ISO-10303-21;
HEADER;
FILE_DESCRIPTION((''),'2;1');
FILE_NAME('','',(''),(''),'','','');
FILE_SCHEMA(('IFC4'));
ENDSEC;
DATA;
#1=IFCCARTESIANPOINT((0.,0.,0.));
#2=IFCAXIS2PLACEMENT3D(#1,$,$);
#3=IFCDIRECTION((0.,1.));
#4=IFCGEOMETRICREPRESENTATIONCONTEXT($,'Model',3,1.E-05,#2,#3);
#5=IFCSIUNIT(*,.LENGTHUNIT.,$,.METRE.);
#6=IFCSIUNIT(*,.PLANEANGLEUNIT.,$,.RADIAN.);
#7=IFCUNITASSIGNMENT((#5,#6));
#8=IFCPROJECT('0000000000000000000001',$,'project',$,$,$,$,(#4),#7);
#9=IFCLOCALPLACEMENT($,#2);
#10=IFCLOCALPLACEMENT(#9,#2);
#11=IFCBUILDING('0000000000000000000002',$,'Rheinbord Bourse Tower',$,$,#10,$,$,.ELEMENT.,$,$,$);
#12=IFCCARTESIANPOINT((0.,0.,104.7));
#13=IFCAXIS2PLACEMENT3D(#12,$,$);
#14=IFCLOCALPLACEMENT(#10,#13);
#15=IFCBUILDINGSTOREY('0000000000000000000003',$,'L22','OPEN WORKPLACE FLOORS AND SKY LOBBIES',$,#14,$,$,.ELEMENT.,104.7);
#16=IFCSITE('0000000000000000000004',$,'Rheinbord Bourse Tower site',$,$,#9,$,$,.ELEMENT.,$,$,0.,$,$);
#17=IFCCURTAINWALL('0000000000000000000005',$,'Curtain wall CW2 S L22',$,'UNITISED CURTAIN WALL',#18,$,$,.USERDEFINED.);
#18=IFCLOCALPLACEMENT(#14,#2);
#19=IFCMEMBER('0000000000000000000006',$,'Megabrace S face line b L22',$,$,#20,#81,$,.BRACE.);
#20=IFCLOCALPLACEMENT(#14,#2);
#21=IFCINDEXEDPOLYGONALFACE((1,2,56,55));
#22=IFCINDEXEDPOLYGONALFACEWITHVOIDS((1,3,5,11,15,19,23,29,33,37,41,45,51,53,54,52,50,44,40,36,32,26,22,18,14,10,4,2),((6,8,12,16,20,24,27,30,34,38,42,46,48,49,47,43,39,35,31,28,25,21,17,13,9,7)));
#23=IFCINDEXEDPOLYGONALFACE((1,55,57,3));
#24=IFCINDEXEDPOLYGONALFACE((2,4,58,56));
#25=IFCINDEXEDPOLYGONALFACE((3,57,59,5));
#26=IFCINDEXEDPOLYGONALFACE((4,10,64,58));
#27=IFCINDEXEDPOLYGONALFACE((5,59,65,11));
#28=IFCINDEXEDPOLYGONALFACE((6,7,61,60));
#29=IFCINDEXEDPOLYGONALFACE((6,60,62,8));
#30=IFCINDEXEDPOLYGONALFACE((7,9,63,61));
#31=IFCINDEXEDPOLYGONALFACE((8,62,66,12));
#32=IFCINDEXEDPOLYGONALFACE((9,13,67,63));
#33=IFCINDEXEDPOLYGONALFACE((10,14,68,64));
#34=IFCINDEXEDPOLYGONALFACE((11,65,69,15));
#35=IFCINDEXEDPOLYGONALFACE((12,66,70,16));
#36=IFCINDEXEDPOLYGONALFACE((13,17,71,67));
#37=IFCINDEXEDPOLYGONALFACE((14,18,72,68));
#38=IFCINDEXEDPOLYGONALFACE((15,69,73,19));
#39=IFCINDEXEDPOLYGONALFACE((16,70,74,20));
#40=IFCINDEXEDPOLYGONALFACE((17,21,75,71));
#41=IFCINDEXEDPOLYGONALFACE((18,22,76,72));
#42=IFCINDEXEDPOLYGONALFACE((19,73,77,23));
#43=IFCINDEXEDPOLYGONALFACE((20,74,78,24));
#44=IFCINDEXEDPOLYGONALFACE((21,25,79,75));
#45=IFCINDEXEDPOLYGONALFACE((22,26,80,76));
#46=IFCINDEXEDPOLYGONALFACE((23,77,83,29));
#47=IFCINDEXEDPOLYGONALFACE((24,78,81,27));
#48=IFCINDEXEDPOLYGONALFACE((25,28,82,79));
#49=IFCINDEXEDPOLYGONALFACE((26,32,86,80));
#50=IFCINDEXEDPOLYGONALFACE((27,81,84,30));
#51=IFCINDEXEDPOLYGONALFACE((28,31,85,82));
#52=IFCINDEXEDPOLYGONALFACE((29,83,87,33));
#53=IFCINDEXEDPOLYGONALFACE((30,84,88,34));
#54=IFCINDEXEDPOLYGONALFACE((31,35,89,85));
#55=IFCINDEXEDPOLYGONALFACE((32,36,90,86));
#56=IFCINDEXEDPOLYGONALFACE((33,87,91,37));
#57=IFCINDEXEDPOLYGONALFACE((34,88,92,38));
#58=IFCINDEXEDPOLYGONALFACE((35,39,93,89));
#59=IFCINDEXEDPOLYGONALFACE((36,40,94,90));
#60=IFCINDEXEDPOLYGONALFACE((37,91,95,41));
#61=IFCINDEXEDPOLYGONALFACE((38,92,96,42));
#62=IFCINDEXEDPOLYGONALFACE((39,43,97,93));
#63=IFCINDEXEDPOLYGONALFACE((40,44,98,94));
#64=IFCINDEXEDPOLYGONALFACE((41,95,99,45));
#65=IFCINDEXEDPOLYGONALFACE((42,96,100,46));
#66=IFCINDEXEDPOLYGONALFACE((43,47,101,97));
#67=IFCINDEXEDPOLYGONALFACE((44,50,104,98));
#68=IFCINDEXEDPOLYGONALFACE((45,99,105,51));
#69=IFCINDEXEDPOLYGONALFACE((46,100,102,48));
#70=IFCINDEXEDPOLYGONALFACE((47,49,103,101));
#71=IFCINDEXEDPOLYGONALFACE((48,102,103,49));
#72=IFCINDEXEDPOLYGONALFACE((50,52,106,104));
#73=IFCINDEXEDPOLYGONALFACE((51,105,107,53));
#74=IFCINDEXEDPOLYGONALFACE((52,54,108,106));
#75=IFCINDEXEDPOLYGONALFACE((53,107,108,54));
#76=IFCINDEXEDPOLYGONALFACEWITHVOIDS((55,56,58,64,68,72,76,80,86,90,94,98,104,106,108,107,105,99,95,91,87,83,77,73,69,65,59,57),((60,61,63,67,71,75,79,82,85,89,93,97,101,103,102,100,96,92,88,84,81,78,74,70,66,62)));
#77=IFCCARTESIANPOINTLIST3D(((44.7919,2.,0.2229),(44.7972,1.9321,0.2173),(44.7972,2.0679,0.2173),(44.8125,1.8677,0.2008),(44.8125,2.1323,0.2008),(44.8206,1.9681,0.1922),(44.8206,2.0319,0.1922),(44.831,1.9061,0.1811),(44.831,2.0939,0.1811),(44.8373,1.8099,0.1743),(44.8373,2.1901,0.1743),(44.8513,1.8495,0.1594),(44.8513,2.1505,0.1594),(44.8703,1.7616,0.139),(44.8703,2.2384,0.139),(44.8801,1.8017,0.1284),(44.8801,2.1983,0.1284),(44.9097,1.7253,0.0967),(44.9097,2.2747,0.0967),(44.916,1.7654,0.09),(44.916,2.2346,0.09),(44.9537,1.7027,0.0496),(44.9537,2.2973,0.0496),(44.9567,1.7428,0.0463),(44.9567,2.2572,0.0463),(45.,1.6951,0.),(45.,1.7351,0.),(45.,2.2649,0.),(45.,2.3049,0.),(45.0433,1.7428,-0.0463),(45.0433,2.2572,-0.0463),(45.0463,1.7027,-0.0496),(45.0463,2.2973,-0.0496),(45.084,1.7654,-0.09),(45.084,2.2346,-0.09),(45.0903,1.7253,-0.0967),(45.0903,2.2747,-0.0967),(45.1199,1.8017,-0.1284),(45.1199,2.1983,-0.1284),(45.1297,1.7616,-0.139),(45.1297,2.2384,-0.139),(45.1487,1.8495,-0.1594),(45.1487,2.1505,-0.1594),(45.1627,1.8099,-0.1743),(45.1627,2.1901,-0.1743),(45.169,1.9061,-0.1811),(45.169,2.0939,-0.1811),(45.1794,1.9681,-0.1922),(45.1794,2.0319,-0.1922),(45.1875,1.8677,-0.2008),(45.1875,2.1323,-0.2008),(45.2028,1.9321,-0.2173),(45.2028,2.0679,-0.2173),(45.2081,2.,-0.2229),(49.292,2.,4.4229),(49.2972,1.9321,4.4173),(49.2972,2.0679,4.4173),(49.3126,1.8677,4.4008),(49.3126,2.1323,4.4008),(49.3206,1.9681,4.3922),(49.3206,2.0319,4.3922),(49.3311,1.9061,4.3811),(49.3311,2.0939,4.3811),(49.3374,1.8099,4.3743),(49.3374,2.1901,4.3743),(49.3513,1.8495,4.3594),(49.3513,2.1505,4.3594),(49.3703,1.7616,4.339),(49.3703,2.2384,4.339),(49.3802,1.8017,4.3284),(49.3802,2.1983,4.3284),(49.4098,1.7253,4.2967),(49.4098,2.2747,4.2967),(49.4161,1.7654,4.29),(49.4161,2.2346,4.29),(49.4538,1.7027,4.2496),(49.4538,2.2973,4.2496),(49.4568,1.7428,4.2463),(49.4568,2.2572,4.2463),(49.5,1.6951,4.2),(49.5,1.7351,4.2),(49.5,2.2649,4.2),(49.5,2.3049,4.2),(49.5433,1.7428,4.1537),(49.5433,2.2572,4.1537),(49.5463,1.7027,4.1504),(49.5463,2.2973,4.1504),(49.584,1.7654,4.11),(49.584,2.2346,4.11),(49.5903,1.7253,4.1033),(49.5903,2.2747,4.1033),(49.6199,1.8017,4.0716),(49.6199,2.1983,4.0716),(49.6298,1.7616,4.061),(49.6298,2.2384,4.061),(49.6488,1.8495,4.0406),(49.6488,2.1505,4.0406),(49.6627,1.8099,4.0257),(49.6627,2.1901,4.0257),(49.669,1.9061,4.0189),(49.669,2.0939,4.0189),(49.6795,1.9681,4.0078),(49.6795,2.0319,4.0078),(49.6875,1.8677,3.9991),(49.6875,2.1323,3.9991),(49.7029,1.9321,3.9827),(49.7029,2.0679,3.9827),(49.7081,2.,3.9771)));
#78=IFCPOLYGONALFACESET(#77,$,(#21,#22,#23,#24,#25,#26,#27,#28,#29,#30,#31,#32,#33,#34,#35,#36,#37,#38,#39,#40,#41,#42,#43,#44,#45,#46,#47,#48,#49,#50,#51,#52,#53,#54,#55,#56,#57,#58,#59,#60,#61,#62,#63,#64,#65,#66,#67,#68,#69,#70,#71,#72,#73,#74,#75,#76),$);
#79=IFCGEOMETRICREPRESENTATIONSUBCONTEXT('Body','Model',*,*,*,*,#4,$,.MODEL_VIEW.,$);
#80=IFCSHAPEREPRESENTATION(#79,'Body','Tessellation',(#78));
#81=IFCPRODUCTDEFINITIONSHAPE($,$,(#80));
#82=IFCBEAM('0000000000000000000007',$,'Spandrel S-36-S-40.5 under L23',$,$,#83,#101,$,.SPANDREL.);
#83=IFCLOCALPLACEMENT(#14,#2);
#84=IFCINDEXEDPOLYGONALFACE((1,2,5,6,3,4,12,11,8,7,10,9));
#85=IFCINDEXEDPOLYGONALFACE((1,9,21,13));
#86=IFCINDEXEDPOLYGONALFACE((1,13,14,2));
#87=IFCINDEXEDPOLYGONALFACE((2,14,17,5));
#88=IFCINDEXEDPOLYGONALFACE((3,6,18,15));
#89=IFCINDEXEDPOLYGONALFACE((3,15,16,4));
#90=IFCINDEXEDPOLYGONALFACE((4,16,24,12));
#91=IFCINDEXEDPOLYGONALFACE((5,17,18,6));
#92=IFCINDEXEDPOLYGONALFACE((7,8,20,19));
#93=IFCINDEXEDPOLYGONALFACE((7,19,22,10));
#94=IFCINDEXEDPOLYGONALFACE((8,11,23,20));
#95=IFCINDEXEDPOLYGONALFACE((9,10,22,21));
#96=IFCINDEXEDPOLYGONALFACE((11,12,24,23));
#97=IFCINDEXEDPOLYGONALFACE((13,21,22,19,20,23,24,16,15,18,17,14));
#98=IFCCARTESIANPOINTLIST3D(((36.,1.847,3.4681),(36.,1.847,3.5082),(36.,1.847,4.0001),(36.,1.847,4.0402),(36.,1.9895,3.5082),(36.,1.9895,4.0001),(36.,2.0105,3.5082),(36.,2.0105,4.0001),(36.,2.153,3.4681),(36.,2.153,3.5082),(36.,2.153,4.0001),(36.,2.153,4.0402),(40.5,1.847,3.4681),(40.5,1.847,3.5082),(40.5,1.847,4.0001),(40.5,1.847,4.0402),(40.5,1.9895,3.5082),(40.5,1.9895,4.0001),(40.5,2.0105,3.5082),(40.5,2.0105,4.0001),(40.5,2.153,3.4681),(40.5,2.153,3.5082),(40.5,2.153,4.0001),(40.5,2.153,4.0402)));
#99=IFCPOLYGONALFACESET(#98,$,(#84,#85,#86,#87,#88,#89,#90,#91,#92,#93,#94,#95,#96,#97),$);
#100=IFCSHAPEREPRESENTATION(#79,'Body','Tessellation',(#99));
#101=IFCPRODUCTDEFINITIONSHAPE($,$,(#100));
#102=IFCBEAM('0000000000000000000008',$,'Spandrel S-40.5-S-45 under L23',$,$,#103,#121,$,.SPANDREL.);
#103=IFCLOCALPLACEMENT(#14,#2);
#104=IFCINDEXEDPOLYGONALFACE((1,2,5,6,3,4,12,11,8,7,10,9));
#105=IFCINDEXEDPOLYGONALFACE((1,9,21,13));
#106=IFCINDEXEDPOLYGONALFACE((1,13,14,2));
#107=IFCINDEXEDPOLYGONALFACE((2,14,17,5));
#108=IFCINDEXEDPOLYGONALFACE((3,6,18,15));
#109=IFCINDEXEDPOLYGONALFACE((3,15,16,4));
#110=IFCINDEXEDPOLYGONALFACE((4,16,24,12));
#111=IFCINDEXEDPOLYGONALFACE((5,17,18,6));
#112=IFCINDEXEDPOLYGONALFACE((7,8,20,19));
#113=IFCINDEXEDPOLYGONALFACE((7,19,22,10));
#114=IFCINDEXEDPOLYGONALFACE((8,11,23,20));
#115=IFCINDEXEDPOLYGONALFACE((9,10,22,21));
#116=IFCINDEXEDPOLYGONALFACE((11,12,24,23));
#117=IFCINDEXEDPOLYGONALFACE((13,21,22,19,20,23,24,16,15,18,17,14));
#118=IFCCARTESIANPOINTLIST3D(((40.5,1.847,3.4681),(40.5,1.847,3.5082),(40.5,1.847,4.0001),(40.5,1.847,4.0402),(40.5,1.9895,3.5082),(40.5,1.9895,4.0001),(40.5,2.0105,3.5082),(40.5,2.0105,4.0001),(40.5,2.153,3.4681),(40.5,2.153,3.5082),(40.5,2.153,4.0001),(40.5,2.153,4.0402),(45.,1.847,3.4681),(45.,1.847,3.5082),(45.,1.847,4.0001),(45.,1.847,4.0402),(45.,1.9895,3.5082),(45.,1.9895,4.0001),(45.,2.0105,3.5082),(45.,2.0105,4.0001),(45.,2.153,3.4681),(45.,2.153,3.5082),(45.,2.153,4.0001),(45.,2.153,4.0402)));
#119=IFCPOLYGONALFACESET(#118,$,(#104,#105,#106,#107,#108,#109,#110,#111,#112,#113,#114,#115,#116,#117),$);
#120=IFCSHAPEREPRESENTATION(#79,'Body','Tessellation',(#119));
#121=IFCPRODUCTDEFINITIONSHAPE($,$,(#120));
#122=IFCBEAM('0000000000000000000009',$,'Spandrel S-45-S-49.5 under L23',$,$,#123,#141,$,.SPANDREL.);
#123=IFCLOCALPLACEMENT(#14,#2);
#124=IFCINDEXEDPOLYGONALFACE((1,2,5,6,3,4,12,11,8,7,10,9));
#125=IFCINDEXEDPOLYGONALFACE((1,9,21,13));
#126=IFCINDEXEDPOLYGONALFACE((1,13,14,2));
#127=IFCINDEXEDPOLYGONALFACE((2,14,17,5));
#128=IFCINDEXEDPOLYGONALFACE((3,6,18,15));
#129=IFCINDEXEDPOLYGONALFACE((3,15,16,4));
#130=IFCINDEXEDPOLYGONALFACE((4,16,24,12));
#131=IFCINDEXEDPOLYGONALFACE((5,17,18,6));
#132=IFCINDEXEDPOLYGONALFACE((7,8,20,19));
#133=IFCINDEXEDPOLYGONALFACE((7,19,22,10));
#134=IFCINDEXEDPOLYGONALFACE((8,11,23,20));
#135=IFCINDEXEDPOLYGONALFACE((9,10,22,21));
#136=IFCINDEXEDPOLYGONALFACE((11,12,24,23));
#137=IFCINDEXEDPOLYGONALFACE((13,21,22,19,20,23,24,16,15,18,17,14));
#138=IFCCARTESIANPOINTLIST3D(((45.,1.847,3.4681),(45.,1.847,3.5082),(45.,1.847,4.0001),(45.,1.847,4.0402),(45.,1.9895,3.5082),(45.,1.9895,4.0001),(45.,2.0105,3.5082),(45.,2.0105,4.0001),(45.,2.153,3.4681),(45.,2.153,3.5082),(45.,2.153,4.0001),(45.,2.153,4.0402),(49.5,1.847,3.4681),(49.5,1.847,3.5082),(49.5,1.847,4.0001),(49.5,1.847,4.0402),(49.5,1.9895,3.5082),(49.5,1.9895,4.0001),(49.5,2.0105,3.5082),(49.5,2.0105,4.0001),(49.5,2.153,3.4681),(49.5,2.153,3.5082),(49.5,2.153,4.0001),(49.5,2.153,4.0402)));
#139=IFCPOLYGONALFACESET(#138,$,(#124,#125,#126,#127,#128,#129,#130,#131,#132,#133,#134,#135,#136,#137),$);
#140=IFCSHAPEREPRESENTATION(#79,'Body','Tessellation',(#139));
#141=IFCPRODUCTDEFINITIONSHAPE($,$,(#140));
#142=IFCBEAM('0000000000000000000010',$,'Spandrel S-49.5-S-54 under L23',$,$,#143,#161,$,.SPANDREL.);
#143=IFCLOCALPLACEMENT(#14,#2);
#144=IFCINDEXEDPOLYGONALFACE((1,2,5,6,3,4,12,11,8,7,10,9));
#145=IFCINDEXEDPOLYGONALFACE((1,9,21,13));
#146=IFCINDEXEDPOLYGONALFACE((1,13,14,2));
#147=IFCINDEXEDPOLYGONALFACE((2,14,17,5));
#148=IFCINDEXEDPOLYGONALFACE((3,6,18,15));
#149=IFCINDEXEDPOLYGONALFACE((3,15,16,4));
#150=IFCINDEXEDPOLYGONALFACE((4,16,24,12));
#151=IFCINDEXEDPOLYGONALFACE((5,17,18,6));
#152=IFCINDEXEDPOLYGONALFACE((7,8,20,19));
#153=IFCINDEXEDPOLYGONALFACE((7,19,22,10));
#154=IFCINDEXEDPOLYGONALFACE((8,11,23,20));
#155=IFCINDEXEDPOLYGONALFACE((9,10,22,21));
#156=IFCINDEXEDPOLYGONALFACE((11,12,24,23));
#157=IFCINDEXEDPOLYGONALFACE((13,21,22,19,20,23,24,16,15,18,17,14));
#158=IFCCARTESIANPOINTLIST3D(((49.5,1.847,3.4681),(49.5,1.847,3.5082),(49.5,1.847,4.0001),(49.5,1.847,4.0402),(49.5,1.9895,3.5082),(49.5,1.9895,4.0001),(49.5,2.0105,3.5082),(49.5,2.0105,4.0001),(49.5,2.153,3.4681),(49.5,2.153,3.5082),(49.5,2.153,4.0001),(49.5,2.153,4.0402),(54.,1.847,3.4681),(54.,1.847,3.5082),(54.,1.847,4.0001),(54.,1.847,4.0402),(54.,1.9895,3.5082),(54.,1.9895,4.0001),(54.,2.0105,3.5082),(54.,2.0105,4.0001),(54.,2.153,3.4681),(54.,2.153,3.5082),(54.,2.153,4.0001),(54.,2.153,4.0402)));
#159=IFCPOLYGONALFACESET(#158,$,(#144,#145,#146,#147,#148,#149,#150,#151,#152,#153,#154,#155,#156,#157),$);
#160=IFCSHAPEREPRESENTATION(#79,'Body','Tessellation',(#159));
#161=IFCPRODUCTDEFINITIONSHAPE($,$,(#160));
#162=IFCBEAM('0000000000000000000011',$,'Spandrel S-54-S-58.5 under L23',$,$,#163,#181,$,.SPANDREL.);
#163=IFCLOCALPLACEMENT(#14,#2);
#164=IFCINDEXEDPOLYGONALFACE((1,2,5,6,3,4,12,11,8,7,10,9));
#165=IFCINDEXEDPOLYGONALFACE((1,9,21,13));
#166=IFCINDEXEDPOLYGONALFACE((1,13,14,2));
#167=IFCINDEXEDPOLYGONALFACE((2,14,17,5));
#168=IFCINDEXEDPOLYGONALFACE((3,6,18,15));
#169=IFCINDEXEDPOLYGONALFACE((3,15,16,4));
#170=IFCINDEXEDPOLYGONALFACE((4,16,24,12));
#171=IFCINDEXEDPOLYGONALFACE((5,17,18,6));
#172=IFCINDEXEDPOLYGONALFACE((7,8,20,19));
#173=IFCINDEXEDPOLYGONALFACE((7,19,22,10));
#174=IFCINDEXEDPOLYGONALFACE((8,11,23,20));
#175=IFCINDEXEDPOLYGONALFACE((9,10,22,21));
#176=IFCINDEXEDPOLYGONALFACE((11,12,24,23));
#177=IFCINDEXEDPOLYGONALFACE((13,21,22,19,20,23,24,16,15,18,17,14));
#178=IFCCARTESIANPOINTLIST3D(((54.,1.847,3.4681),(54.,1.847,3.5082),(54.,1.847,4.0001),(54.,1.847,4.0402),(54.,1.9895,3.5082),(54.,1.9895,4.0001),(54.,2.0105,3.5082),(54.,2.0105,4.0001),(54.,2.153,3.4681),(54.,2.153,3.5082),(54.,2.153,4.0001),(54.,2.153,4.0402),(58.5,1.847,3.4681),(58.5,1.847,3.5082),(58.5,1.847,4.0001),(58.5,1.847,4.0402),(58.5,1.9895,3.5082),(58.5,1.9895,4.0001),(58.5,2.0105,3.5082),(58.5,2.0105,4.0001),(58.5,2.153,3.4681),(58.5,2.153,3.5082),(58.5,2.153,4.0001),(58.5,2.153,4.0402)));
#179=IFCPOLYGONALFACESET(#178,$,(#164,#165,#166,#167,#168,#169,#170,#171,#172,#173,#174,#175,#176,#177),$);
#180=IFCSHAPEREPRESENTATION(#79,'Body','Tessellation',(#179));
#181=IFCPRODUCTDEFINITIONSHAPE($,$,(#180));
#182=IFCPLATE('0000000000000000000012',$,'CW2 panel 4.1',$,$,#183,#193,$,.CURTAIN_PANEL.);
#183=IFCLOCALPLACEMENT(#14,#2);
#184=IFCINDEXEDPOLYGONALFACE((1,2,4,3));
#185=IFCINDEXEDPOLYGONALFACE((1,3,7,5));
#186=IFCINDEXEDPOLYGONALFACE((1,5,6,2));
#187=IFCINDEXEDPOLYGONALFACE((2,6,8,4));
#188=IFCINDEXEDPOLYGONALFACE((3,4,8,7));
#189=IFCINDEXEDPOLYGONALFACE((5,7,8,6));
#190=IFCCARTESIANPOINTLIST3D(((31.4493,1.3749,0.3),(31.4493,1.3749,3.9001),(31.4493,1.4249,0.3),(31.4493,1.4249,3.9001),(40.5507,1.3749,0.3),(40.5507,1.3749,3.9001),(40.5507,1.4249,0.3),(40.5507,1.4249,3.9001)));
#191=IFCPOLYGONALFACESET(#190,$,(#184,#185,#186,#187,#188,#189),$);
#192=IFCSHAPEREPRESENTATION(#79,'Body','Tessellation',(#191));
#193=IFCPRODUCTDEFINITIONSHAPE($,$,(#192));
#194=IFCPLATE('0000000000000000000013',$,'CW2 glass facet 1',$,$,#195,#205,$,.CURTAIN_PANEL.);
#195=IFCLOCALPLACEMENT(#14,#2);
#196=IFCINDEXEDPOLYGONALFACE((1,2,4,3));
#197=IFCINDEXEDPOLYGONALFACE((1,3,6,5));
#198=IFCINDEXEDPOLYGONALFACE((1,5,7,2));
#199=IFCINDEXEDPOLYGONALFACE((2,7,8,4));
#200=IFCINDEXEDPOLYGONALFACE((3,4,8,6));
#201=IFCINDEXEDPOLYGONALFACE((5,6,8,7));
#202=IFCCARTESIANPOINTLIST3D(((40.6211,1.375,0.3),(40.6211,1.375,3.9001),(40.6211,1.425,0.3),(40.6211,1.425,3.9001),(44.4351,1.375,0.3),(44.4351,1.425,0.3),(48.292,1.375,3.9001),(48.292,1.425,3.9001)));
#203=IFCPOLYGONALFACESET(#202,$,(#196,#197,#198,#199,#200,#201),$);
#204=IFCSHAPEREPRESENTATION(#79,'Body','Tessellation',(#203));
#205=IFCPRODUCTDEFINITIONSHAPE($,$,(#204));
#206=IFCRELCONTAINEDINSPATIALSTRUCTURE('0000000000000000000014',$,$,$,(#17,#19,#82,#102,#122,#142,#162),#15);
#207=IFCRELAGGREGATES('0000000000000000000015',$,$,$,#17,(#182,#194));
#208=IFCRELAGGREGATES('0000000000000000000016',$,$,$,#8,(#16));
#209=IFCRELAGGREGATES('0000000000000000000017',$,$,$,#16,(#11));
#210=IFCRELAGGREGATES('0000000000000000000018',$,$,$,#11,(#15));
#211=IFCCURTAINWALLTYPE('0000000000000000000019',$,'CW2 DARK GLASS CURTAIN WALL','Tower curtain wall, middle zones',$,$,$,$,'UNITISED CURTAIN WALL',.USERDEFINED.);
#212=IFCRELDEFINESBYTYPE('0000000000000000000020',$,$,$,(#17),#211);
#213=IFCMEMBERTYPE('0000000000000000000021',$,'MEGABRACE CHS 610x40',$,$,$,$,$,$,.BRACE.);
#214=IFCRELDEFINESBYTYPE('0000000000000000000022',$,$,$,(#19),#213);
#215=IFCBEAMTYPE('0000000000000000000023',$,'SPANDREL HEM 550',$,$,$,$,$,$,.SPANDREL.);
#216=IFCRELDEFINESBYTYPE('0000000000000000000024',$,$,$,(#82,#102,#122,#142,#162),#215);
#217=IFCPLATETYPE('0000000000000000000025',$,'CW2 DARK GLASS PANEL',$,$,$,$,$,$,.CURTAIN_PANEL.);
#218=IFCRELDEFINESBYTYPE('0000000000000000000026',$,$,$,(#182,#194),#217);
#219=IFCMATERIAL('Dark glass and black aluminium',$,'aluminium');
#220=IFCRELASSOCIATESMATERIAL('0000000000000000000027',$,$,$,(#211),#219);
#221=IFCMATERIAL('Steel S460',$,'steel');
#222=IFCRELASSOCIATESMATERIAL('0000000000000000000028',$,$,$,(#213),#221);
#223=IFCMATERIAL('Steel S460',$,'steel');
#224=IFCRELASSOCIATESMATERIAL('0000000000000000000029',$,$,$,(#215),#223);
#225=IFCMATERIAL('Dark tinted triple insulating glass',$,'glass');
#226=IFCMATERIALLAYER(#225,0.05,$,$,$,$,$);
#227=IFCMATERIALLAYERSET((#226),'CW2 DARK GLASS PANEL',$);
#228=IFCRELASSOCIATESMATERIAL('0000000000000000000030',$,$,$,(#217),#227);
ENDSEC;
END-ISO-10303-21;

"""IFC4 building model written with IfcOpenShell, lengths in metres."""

from ifc_helpers import new_model, si_unit, direction, frame, origin, origin_2d, place, context, subcontext, project, spatial, polyline, rectangle, hollow_circle, i_section, outline, extrude, material, layer, layer_set, material_profile, profile_set, type_object, element, aggregate, save


model = new_model("IFC4")

# Units and contexts
model_context = context("Model", 3, precision=1e-05, world=origin(), true_north=direction((0.0, 1.0)))
body_context = subcontext(model_context, "Body", "Model", "MODEL_VIEW")
ifc_project = project(units=[si_unit("LENGTHUNIT", "METRE"), si_unit("PLANEANGLEUNIT", "RADIAN")], contexts=[model_context])

# Site, building, storey
site_placement = place(None, origin())
site = spatial("IfcSite", under=ifc_project, at=site_placement, Name="Rheinbord Bourse Tower site", CompositionType="ELEMENT", RefElevation=0.0)
building_placement = place(site_placement, origin())
building = spatial("IfcBuilding", under=site, at=building_placement, Name="Rheinbord Bourse Tower", CompositionType="ELEMENT")
storey_placement = place(building_placement, frame((0.0, 0.0, 104.7)))
storey = spatial("IfcBuildingStorey", under=building, at=storey_placement, Name="L22", Description="OPEN WORKPLACE FLOORS AND SKY LOBBIES", CompositionType="ELEMENT", Elevation=104.7)

# Curtain wall
ifc_material_1 = material(Name="Dark glass and black aluminium", Category="aluminium")
curtain_wall_type = type_object("IfcCurtainWallType", Name="CW2 DARK GLASS CURTAIN WALL", Description="Tower curtain wall, middle zones", ElementType="UNITISED CURTAIN WALL", PredefinedType="USERDEFINED", material=ifc_material_1)
curtain_wall_placement = place(storey_placement, origin())
curtain_wall = element("IfcCurtainWall", 1, at=curtain_wall_placement, inside=storey, type_object=curtain_wall_type, Name="Curtain wall CW2 S L22", ObjectType="UNITISED CURTAIN WALL", PredefinedType="USERDEFINED")

# Member
ifc_material_2 = material(Name="Steel S460", Category="steel")
ifc_material_profile_1 = material_profile(ifc_material_2, hollow_circle(Radius=0.3049, WallThickness=0.04, at=origin_2d()), Name="CHS 610x40")
ifc_profile_set_1 = profile_set([ifc_material_profile_1], Name="Steel S460")
member_type_1 = type_object("IfcMemberType", Name="MEGABRACE CHS 610x40", PredefinedType="BRACE", material=ifc_profile_set_1)
member_1_placement = place(storey_placement, frame((45.0, 2.0, 0.0), z_axis=(0.731059, 0.0, 0.682314), x_axis=(0.0, 1.0, 0.0)))
element("IfcMember", 2, at=member_1_placement, inside=storey, type_object=member_type_1, Name="Megabrace S face line b L22", PredefinedType="BRACE", context=body_context, shape_type="SweptSolid", body=[
    extrude(hollow_circle(Radius=0.3049, WallThickness=0.04, at=origin_2d()), origin(), (0.0, 0.0, 1.0), 6.1555),
])

# Beams
ifc_material_3 = material(Name="Steel S460", Category="steel")
ifc_material_profile_2 = material_profile(ifc_material_3, i_section(OverallWidth=0.3059, OverallDepth=0.572, WebThickness=0.021, FlangeThickness=0.04, at=origin_2d()), Name="HEM 550")
ifc_profile_set_2 = profile_set([ifc_material_profile_2], Name="Steel S460")
beam_type_1 = type_object("IfcBeamType", Name="SPANDREL HEM 550", PredefinedType="SPANDREL", material=ifc_profile_set_2)
for number, where, z_axis, x_axis, name in (
    (3, (36.0, 2.0, 3.7542), (1.0, 0.0, 0.0), (0.0, 1.0, 0.0), "Spandrel S-36-S-40.5 under L23"),
    (4, (40.5, 2.0, 3.7542), (1.0, 0.0, 0.0), (0.0, 1.0, 0.0), "Spandrel S-40.5-S-45 under L23"),
    (5, (45.0, 2.0, 3.7542), (1.0, 0.0, 0.0), (0.0, 1.0, 0.0), "Spandrel S-45-S-49.5 under L23"),
    (6, (49.5, 2.0, 3.7542), (1.0, 0.0, 0.0), (0.0, 1.0, 0.0), "Spandrel S-49.5-S-54 under L23"),
    (7, (54.0, 2.0, 3.7542), (1.0, 0.0, 0.0), (0.0, 1.0, 0.0), "Spandrel S-54-S-58.5 under L23"),
):
    element("IfcBeam", number, at=place(storey_placement, frame(where, z_axis=z_axis, x_axis=x_axis)), inside=storey, type_object=beam_type_1, Name=name, PredefinedType="SPANDREL", context=body_context, shape_type="SweptSolid", body=[
        extrude(i_section(OverallWidth=0.3059, OverallDepth=0.572, WebThickness=0.021, FlangeThickness=0.04, at=origin_2d()), origin(), (0.0, 0.0, 1.0), 4.5),
    ])

# Plates
ifc_material_4 = material(Name="Dark tinted triple insulating glass", Category="glass")
ifc_layer_1 = layer(ifc_material_4, 0.05)
ifc_layer_set_1 = layer_set([ifc_layer_1], Name="CW2 DARK GLASS PANEL")
plate_type = type_object("IfcPlateType", Name="CW2 DARK GLASS PANEL", PredefinedType="CURTAIN_PANEL", material=ifc_layer_set_1)
plate_1_placement = place(storey_placement, frame((36.0, 1.3999, 0.3), z_axis=(0.0, 0.0, 1.0), x_axis=(1.0, 0.0, 0.0)))
plate_1 = element("IfcPlate", 8, at=plate_1_placement, type_object=plate_type, Name="CW2 panel 4.1", PredefinedType="CURTAIN_PANEL", context=body_context, shape_type="SweptSolid", body=[
    extrude(rectangle(XDim=9.1013, YDim=0.05, at=origin_2d()), origin(), (0.0, 0.0, 1.0), 3.6001),
])
plate_2_placement = place(storey_placement, frame((40.6211, 1.375, 0.3), z_axis=(0.0, 1.0, 0.0), x_axis=(0.0, 0.0, 1.0)))
plate_2 = element("IfcPlate", 9, at=plate_2_placement, type_object=plate_type, Name="CW2 glass facet 1", PredefinedType="CURTAIN_PANEL", context=body_context, shape_type="SweptSolid", body=[
    extrude(outline(polyline([(0.0, 0.0), (3.6001, 0.0), (3.6001, 7.6709), (0.0, 3.814), (0.0, 0.0)])), origin(), (0.0, 0.0, 1.0), 0.05),
])
aggregate(curtain_wall, [plate_1, plate_2])

save(model, "model.ifc")
